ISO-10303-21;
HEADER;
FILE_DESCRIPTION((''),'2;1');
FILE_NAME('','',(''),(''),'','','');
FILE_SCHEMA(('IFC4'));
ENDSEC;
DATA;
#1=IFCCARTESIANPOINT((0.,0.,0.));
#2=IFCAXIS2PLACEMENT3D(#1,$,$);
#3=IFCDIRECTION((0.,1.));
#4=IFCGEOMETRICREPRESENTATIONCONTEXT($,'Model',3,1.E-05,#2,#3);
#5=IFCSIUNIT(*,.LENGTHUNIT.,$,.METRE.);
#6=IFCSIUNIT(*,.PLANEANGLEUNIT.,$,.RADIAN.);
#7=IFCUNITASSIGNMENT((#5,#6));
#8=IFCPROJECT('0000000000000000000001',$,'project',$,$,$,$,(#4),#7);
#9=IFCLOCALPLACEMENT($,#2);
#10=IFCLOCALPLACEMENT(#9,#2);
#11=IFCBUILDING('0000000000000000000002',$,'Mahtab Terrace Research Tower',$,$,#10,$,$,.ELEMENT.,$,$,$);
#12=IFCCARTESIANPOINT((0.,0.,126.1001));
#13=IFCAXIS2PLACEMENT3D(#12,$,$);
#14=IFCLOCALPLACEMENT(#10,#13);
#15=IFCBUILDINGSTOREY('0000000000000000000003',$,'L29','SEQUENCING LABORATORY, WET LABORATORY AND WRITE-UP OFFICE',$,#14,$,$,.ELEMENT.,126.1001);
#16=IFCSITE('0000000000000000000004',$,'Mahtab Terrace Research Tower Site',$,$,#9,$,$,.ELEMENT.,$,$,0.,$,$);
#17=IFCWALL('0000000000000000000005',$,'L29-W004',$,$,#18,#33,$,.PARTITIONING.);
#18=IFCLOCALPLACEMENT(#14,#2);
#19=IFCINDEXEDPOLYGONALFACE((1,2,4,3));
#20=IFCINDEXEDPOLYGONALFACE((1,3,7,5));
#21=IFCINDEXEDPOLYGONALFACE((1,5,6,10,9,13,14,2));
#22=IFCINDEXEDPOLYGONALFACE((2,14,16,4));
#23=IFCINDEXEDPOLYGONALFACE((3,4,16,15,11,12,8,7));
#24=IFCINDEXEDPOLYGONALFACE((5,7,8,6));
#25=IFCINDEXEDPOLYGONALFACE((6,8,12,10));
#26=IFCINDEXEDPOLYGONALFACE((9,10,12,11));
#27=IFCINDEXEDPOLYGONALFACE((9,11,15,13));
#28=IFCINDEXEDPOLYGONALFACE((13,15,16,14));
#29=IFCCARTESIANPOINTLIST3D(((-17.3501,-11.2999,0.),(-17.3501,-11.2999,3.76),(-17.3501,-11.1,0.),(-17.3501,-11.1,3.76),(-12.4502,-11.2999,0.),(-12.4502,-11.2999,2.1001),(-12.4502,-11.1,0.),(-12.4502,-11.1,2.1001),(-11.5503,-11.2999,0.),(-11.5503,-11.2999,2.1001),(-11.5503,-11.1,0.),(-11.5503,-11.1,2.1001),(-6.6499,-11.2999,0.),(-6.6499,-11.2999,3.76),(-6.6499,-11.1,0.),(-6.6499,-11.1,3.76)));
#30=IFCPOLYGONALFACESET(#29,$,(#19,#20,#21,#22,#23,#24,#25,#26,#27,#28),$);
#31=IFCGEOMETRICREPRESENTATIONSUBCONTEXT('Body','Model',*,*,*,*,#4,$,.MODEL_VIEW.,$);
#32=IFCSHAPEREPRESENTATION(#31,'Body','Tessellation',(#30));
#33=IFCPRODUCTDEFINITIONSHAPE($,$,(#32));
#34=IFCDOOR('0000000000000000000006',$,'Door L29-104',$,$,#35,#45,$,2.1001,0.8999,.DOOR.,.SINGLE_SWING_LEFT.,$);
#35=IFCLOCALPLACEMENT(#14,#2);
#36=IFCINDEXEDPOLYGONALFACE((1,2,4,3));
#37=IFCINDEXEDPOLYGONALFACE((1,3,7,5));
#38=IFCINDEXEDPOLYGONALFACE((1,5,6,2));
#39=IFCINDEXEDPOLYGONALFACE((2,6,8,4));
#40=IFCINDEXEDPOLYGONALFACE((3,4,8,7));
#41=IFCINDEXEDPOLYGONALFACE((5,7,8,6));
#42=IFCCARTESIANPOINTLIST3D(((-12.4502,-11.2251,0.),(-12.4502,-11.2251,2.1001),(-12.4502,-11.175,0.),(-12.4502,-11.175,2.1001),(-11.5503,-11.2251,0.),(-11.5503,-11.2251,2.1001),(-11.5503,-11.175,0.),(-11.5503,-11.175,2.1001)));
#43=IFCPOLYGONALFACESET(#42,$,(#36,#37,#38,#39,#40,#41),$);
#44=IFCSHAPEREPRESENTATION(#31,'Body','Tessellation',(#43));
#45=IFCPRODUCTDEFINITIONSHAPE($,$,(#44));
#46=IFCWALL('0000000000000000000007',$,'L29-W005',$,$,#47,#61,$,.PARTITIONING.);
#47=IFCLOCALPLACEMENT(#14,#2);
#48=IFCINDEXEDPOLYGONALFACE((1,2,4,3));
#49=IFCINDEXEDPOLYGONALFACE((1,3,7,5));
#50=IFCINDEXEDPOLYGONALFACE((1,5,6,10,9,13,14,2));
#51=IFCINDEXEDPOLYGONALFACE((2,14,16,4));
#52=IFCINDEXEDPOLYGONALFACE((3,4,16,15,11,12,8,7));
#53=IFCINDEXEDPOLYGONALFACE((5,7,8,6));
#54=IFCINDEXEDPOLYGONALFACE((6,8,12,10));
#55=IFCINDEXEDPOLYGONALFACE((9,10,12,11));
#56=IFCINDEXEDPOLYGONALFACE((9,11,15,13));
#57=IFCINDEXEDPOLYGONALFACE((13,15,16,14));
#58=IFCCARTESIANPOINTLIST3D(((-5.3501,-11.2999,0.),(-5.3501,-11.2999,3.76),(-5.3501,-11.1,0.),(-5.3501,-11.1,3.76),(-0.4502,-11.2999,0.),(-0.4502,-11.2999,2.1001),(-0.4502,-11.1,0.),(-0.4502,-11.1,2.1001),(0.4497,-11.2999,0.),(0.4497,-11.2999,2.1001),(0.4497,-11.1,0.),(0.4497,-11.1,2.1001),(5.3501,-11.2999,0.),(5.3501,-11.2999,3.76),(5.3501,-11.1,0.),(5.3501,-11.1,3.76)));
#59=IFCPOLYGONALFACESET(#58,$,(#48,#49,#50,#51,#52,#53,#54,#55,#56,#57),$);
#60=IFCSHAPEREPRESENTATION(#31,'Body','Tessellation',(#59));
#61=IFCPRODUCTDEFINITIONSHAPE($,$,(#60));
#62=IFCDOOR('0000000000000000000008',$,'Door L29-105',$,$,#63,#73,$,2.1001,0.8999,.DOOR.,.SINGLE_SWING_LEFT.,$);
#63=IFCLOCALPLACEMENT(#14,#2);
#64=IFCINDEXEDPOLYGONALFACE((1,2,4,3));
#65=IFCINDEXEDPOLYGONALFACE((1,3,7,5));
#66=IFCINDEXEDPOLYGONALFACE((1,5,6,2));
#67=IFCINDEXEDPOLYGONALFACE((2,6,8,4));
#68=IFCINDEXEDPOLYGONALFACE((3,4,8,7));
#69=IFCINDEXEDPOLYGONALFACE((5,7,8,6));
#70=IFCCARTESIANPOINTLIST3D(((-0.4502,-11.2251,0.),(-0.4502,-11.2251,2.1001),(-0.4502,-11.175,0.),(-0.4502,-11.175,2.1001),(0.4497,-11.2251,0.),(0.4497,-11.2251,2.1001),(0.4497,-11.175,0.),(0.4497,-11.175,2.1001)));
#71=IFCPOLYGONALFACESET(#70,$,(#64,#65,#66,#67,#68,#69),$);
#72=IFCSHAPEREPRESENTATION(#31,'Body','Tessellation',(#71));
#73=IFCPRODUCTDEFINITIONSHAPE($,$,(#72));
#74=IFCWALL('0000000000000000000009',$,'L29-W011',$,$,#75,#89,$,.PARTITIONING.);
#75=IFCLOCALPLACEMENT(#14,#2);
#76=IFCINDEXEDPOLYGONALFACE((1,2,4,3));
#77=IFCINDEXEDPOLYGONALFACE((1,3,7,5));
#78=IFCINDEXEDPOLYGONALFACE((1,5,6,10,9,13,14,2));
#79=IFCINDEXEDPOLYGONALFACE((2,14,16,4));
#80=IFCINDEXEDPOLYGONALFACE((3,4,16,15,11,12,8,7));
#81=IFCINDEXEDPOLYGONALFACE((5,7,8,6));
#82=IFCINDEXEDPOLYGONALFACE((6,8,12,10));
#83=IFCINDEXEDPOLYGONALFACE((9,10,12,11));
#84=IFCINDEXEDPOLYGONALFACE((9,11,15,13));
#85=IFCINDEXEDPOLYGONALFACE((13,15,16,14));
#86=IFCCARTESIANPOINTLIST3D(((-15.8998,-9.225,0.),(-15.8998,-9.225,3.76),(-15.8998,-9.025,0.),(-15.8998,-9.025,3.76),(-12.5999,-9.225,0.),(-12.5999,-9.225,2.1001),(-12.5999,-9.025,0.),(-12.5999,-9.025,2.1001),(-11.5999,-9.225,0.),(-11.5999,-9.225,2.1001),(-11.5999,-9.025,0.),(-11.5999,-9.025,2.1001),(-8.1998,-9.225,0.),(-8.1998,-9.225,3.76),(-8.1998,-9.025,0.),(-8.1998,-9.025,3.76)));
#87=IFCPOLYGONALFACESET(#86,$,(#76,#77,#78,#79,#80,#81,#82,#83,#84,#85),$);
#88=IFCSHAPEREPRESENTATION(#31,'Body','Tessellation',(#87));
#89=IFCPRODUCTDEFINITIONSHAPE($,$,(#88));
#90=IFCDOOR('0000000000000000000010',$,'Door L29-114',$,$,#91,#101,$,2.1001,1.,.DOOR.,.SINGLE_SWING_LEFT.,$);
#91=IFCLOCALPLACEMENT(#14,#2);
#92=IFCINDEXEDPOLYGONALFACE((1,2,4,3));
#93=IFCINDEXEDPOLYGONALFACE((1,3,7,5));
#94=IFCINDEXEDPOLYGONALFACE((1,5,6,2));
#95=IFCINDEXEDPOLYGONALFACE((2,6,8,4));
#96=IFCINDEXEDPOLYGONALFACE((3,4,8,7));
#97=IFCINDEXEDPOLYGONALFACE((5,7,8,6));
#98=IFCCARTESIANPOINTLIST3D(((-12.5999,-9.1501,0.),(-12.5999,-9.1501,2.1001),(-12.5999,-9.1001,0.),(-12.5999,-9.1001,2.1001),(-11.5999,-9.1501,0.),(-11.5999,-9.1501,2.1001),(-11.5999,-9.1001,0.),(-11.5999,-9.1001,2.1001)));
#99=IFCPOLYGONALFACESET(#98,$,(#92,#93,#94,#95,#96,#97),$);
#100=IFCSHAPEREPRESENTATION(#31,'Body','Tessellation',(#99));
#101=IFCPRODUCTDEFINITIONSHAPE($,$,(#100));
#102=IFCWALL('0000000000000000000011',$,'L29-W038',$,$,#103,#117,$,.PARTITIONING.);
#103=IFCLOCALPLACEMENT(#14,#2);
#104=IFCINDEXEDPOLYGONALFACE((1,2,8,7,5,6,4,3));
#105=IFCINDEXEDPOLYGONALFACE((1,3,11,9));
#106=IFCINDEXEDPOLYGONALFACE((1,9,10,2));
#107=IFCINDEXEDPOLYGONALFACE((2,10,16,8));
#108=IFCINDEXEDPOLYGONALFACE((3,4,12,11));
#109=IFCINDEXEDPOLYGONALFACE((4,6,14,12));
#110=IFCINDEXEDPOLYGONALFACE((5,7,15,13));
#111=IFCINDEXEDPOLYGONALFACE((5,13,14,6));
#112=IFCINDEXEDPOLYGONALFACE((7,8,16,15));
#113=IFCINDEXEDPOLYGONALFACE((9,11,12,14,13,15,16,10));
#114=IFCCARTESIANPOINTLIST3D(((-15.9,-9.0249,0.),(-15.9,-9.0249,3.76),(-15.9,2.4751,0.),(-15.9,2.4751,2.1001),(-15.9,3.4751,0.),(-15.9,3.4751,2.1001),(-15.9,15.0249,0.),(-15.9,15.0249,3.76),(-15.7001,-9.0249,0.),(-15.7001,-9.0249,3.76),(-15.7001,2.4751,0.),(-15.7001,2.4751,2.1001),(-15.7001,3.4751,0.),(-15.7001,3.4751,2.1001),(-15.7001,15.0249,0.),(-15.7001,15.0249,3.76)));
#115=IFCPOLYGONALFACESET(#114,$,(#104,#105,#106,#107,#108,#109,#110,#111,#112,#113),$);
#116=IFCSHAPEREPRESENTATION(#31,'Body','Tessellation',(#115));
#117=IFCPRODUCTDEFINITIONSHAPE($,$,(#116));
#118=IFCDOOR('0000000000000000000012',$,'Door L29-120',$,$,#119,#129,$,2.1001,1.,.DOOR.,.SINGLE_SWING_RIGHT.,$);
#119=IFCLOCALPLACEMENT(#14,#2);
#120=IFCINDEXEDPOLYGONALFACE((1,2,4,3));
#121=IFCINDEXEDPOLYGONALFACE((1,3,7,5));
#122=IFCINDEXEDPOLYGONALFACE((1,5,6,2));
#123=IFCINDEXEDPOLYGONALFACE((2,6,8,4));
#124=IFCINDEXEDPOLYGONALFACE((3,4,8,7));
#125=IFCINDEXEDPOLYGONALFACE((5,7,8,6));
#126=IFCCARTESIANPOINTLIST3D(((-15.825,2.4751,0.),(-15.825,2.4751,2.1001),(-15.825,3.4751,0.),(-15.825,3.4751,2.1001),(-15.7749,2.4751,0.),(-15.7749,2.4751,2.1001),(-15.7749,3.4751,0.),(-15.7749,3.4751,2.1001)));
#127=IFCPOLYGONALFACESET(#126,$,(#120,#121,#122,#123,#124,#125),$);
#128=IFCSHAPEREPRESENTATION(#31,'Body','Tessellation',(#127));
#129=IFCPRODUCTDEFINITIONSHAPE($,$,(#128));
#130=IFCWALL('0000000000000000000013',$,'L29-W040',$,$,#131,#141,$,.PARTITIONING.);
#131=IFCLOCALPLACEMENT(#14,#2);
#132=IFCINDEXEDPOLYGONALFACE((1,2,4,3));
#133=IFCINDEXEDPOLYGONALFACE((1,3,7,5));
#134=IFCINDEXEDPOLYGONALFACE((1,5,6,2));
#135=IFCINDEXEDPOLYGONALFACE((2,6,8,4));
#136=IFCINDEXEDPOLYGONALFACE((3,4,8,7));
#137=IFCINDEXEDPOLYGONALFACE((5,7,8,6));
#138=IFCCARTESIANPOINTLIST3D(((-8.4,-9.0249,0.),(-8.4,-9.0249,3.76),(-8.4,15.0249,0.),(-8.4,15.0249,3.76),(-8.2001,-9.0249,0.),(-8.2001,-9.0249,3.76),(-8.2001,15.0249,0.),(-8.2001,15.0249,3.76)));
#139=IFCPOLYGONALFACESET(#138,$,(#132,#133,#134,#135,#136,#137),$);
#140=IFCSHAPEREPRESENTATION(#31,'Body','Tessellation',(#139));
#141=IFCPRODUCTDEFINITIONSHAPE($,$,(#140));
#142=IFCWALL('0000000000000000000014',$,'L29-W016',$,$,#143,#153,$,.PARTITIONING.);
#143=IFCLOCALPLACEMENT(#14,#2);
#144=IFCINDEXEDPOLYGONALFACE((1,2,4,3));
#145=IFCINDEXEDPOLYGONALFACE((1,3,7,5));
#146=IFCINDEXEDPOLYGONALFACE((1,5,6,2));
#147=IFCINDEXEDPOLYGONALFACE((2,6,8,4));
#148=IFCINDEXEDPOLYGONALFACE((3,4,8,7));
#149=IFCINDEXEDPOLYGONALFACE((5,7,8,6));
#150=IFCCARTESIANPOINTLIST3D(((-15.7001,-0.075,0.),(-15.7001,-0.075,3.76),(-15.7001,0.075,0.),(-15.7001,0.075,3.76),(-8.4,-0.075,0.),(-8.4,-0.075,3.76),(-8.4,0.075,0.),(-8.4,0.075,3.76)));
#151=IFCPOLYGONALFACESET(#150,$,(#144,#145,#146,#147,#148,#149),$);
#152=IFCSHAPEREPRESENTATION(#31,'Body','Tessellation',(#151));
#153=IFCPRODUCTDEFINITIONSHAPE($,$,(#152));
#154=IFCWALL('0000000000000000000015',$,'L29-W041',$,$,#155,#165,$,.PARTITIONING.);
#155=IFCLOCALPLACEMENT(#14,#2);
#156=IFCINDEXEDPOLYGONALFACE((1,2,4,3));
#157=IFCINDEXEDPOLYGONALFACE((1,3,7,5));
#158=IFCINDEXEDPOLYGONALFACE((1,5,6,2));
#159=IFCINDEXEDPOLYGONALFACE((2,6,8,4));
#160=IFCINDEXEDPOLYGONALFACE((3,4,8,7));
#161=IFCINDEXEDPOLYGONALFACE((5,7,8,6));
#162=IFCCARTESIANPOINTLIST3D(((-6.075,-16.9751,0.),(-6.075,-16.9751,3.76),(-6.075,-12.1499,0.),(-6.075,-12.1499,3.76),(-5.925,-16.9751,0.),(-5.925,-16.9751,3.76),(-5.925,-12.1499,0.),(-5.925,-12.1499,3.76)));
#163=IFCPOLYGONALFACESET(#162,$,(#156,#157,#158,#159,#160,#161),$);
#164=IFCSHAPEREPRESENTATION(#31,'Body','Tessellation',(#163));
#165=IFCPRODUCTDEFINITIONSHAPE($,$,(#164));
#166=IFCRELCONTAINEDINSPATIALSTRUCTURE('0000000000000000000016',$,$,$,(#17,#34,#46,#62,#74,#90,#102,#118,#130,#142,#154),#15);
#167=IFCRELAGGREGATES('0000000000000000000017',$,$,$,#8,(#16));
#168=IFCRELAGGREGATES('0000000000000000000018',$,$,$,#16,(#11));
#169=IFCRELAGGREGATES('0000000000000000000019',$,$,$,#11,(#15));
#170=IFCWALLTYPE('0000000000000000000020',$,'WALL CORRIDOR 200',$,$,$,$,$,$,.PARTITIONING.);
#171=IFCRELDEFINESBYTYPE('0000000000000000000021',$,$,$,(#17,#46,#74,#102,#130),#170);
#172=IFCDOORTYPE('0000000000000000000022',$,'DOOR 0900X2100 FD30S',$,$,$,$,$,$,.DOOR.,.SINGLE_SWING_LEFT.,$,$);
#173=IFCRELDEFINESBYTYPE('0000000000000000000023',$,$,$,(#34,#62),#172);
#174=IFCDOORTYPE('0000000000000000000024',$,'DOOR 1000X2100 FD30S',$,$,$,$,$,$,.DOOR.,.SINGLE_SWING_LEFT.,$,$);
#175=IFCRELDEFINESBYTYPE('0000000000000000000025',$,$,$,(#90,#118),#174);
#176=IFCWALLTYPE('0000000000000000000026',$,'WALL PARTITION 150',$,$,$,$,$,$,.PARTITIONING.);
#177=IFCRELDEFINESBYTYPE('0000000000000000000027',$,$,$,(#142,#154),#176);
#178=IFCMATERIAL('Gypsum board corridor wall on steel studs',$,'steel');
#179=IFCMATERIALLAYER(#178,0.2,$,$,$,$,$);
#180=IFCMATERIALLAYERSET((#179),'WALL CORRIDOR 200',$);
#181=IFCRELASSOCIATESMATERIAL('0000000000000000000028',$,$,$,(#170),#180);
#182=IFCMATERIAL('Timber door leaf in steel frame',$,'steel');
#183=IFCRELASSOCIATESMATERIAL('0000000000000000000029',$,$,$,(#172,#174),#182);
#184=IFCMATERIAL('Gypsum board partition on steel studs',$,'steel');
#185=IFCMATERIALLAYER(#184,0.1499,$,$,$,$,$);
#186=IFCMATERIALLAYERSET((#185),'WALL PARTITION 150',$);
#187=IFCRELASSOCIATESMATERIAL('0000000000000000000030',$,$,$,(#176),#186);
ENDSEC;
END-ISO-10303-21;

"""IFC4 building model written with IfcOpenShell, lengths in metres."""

from ifc_helpers import new_model, si_unit, direction, frame, frame_2d, origin, place, context, subcontext, project, spatial, rectangle, extrude, material, layer, layer_set, type_object, element, fill, save


model = new_model("IFC4")

# Units and contexts
model_context = context("Model", 3, precision=1e-05, world=origin(), true_north=direction((0.0, 1.0)))
body_context = subcontext(model_context, "Body", "Model", "MODEL_VIEW")
ifc_project = project(units=[si_unit("LENGTHUNIT", "METRE"), si_unit("PLANEANGLEUNIT", "RADIAN")], contexts=[model_context])

# Site, building, storey
site_placement = place(None, origin())
site = spatial("IfcSite", under=ifc_project, at=site_placement, Name="Mahtab Terrace Research Tower Site", CompositionType="ELEMENT", RefElevation=0.0)
building_placement = place(site_placement, origin())
building = spatial("IfcBuilding", under=site, at=building_placement, Name="Mahtab Terrace Research Tower", CompositionType="ELEMENT")
storey_placement = place(building_placement, frame((0.0, 0.0, 126.1001)))
storey = spatial("IfcBuildingStorey", under=building, at=storey_placement, Name="L29", Description="SEQUENCING LABORATORY, WET LABORATORY AND WRITE-UP OFFICE", CompositionType="ELEMENT", Elevation=126.1001)

# Walls, openings, doors
ifc_material_1 = material(Name="Gypsum board corridor wall on steel studs", Category="steel")
ifc_layer_1 = layer(ifc_material_1, 0.2)
ifc_layer_set_1 = layer_set([ifc_layer_1], Name="WALL CORRIDOR 200")
wall_type_1 = type_object("IfcWallType", Name="WALL CORRIDOR 200", PredefinedType="PARTITIONING", material=ifc_layer_set_1)
wall_1_placement = place(storey_placement, frame((-17.3501, -11.2, 0.0), z_axis=(0.0, 0.0, 1.0), x_axis=(1.0, 0.0, 0.0)))
wall_1 = element("IfcWall", 1, at=wall_1_placement, inside=storey, type_object=wall_type_1, Name="L29-W004", PredefinedType="PARTITIONING", context=body_context, shape_type="SweptSolid", body=[
    extrude(rectangle(XDim=10.7002, YDim=0.2, at=frame_2d((5.3501, 0.0))), origin(), (0.0, 0.0, 1.0), 3.76),
])
opening_1_placement = place(wall_1_placement, frame((4.8999, 0.0, 0.0)))
opening_1 = element("IfcOpeningElement", 2, at=opening_1_placement, cuts=wall_1, PredefinedType="OPENING", context=body_context, shape_type="SweptSolid", body=[
    extrude(rectangle(XDim=0.8999, YDim=2.1001, at=frame_2d((0.45, 1.05))), frame((0.0, 0.1099, 0.0), z_axis=(0.0, -1.0, 0.0), x_axis=(1.0, 0.0, 0.0)), (0.0, 0.0, 1.0), 0.22),
])
ifc_material_2 = material(Name="Timber door leaf in steel frame", Category="steel")
door_type_1 = type_object("IfcDoorType", Name="DOOR 0900X2100 FD30S", OperationType="SINGLE_SWING_LEFT", PredefinedType="DOOR", material=ifc_material_2)
door_1_placement = place(opening_1_placement, origin())
door_1 = element("IfcDoor", 3, at=door_1_placement, inside=storey, type_object=door_type_1, Name="Door L29-104", OperationType="SINGLE_SWING_LEFT", OverallHeight=2.1001, OverallWidth=0.8999, PredefinedType="DOOR", context=body_context, shape_type="SweptSolid", body=[
    extrude(rectangle(XDim=0.8999, YDim=2.1001, at=frame_2d((0.45, 1.05))), frame((0.0, 0.0249, 0.0), z_axis=(0.0, -1.0, 0.0), x_axis=(1.0, 0.0, 0.0)), (0.0, 0.0, 1.0), 0.05),
])
fill(opening_1, door_1)
wall_2_placement = place(storey_placement, frame((-5.3501, -11.2, 0.0), z_axis=(0.0, 0.0, 1.0), x_axis=(1.0, 0.0, 0.0)))
wall_2 = element("IfcWall", 4, at=wall_2_placement, inside=storey, type_object=wall_type_1, Name="L29-W005", PredefinedType="PARTITIONING", context=body_context, shape_type="SweptSolid", body=[
    extrude(rectangle(XDim=10.7002, YDim=0.2, at=frame_2d((5.3501, 0.0))), origin(), (0.0, 0.0, 1.0), 3.76),
])
opening_2_placement = place(wall_2_placement, frame((4.8999, 0.0, 0.0)))
opening_2 = element("IfcOpeningElement", 5, at=opening_2_placement, cuts=wall_2, PredefinedType="OPENING", context=body_context, shape_type="SweptSolid", body=[
    extrude(rectangle(XDim=0.8999, YDim=2.1001, at=frame_2d((0.45, 1.05))), frame((0.0, 0.1099, 0.0), z_axis=(0.0, -1.0, 0.0), x_axis=(1.0, 0.0, 0.0)), (0.0, 0.0, 1.0), 0.22),
])
door_2_placement = place(opening_2_placement, origin())
door_2 = element("IfcDoor", 6, at=door_2_placement, inside=storey, type_object=door_type_1, Name="Door L29-105", OperationType="SINGLE_SWING_LEFT", OverallHeight=2.1001, OverallWidth=0.8999, PredefinedType="DOOR", context=body_context, shape_type="SweptSolid", body=[
    extrude(rectangle(XDim=0.8999, YDim=2.1001, at=frame_2d((0.45, 1.05))), frame((0.0, 0.0249, 0.0), z_axis=(0.0, -1.0, 0.0), x_axis=(1.0, 0.0, 0.0)), (0.0, 0.0, 1.0), 0.05),
])
fill(opening_2, door_2)
wall_3_placement = place(storey_placement, frame((-15.8999, -9.125, 0.0), z_axis=(0.0, 0.0, 1.0), x_axis=(1.0, 0.0, 0.0)))
wall_3 = element("IfcWall", 7, at=wall_3_placement, inside=storey, type_object=wall_type_1, Name="L29-W011", PredefinedType="PARTITIONING", context=body_context, shape_type="SweptSolid", body=[
    extrude(rectangle(XDim=7.7, YDim=0.2, at=frame_2d((3.8501, 0.0))), origin(), (0.0, 0.0, 1.0), 3.76),
])
opening_3_placement = place(wall_3_placement, frame((3.3, 0.0, 0.0)))
opening_3 = element("IfcOpeningElement", 8, at=opening_3_placement, cuts=wall_3, PredefinedType="OPENING", context=body_context, shape_type="SweptSolid", body=[
    extrude(rectangle(XDim=1.0, YDim=2.1001, at=frame_2d((0.5, 1.05))), frame((0.0, 0.1099, 0.0), z_axis=(0.0, -1.0, 0.0), x_axis=(1.0, 0.0, 0.0)), (0.0, 0.0, 1.0), 0.22),
])
door_type_2 = type_object("IfcDoorType", Name="DOOR 1000X2100 FD30S", OperationType="SINGLE_SWING_LEFT", PredefinedType="DOOR", material=ifc_material_2)
door_3_placement = place(opening_3_placement, origin())
door_3 = element("IfcDoor", 9, at=door_3_placement, inside=storey, type_object=door_type_2, Name="Door L29-114", OperationType="SINGLE_SWING_LEFT", OverallHeight=2.1001, OverallWidth=1.0, PredefinedType="DOOR", context=body_context, shape_type="SweptSolid", body=[
    extrude(rectangle(XDim=1.0, YDim=2.1001, at=frame_2d((0.5, 1.05))), frame((0.0, 0.0249, 0.0), z_axis=(0.0, -1.0, 0.0), x_axis=(1.0, 0.0, 0.0)), (0.0, 0.0, 1.0), 0.05),
])
fill(opening_3, door_3)
wall_4_placement = place(storey_placement, frame((-15.8, -9.0249, 0.0), z_axis=(0.0, 0.0, 1.0), x_axis=(0.0, 1.0, 0.0)))
wall_4 = element("IfcWall", 10, at=wall_4_placement, inside=storey, type_object=wall_type_1, Name="L29-W038", PredefinedType="PARTITIONING", context=body_context, shape_type="SweptSolid", body=[
    extrude(rectangle(XDim=24.0498, YDim=0.2, at=frame_2d((12.0249, 0.0))), origin(), (0.0, 0.0, 1.0), 3.76),
])
opening_4_placement = place(wall_4_placement, frame((11.5, 0.0, 0.0)))
opening_4 = element("IfcOpeningElement", 11, at=opening_4_placement, cuts=wall_4, PredefinedType="OPENING", context=body_context, shape_type="SweptSolid", body=[
    extrude(rectangle(XDim=1.0, YDim=2.1001, at=frame_2d((0.5, 1.05))), frame((0.0, 0.1099, 0.0), z_axis=(0.0, -1.0, 0.0), x_axis=(1.0, 0.0, 0.0)), (0.0, 0.0, 1.0), 0.22),
])
door_4_placement = place(opening_4_placement, origin())
door_4 = element("IfcDoor", 12, at=door_4_placement, inside=storey, type_object=door_type_2, Name="Door L29-120", OperationType="SINGLE_SWING_RIGHT", OverallHeight=2.1001, OverallWidth=1.0, PredefinedType="DOOR", context=body_context, shape_type="SweptSolid", body=[
    extrude(rectangle(XDim=1.0, YDim=2.1001, at=frame_2d((0.5, 1.05))), frame((0.0, 0.0249, 0.0), z_axis=(0.0, -1.0, 0.0), x_axis=(1.0, 0.0, 0.0)), (0.0, 0.0, 1.0), 0.05),
])
fill(opening_4, door_4)

# Walls
wall_5_placement = place(storey_placement, frame((-8.3, -9.0249, 0.0), z_axis=(0.0, 0.0, 1.0), x_axis=(0.0, 1.0, 0.0)))
element("IfcWall", 13, at=wall_5_placement, inside=storey, type_object=wall_type_1, Name="L29-W040", PredefinedType="PARTITIONING", context=body_context, shape_type="SweptSolid", body=[
    extrude(rectangle(XDim=24.0498, YDim=0.2, at=frame_2d((12.0249, 0.0))), origin(), (0.0, 0.0, 1.0), 3.76),
])
ifc_material_3 = material(Name="Gypsum board partition on steel studs", Category="steel")
ifc_layer_2 = layer(ifc_material_3, 0.1499)
ifc_layer_set_2 = layer_set([ifc_layer_2], Name="WALL PARTITION 150")
wall_type_2 = type_object("IfcWallType", Name="WALL PARTITION 150", PredefinedType="PARTITIONING", material=ifc_layer_set_2)
wall_6_placement = place(storey_placement, frame((-15.7, 0.0, 0.0), z_axis=(0.0, 0.0, 1.0), x_axis=(1.0, 0.0, 0.0)))
element("IfcWall", 14, at=wall_6_placement, inside=storey, type_object=wall_type_2, Name="L29-W016", PredefinedType="PARTITIONING", context=body_context, shape_type="SweptSolid", body=[
    extrude(rectangle(XDim=7.3, YDim=0.1499, at=frame_2d((3.6499, 0.0))), origin(), (0.0, 0.0, 1.0), 3.76),
])
wall_7_placement = place(storey_placement, frame((-6.0, -16.9751, 0.0), z_axis=(0.0, 0.0, 1.0), x_axis=(0.0, 1.0, 0.0)))
element("IfcWall", 15, at=wall_7_placement, inside=storey, type_object=wall_type_2, Name="L29-W041", PredefinedType="PARTITIONING", context=body_context, shape_type="SweptSolid", body=[
    extrude(rectangle(XDim=4.8252, YDim=0.1499, at=frame_2d((2.4126, 0.0))), origin(), (0.0, 0.0, 1.0), 3.76),
])

save(model, "model.ifc")
